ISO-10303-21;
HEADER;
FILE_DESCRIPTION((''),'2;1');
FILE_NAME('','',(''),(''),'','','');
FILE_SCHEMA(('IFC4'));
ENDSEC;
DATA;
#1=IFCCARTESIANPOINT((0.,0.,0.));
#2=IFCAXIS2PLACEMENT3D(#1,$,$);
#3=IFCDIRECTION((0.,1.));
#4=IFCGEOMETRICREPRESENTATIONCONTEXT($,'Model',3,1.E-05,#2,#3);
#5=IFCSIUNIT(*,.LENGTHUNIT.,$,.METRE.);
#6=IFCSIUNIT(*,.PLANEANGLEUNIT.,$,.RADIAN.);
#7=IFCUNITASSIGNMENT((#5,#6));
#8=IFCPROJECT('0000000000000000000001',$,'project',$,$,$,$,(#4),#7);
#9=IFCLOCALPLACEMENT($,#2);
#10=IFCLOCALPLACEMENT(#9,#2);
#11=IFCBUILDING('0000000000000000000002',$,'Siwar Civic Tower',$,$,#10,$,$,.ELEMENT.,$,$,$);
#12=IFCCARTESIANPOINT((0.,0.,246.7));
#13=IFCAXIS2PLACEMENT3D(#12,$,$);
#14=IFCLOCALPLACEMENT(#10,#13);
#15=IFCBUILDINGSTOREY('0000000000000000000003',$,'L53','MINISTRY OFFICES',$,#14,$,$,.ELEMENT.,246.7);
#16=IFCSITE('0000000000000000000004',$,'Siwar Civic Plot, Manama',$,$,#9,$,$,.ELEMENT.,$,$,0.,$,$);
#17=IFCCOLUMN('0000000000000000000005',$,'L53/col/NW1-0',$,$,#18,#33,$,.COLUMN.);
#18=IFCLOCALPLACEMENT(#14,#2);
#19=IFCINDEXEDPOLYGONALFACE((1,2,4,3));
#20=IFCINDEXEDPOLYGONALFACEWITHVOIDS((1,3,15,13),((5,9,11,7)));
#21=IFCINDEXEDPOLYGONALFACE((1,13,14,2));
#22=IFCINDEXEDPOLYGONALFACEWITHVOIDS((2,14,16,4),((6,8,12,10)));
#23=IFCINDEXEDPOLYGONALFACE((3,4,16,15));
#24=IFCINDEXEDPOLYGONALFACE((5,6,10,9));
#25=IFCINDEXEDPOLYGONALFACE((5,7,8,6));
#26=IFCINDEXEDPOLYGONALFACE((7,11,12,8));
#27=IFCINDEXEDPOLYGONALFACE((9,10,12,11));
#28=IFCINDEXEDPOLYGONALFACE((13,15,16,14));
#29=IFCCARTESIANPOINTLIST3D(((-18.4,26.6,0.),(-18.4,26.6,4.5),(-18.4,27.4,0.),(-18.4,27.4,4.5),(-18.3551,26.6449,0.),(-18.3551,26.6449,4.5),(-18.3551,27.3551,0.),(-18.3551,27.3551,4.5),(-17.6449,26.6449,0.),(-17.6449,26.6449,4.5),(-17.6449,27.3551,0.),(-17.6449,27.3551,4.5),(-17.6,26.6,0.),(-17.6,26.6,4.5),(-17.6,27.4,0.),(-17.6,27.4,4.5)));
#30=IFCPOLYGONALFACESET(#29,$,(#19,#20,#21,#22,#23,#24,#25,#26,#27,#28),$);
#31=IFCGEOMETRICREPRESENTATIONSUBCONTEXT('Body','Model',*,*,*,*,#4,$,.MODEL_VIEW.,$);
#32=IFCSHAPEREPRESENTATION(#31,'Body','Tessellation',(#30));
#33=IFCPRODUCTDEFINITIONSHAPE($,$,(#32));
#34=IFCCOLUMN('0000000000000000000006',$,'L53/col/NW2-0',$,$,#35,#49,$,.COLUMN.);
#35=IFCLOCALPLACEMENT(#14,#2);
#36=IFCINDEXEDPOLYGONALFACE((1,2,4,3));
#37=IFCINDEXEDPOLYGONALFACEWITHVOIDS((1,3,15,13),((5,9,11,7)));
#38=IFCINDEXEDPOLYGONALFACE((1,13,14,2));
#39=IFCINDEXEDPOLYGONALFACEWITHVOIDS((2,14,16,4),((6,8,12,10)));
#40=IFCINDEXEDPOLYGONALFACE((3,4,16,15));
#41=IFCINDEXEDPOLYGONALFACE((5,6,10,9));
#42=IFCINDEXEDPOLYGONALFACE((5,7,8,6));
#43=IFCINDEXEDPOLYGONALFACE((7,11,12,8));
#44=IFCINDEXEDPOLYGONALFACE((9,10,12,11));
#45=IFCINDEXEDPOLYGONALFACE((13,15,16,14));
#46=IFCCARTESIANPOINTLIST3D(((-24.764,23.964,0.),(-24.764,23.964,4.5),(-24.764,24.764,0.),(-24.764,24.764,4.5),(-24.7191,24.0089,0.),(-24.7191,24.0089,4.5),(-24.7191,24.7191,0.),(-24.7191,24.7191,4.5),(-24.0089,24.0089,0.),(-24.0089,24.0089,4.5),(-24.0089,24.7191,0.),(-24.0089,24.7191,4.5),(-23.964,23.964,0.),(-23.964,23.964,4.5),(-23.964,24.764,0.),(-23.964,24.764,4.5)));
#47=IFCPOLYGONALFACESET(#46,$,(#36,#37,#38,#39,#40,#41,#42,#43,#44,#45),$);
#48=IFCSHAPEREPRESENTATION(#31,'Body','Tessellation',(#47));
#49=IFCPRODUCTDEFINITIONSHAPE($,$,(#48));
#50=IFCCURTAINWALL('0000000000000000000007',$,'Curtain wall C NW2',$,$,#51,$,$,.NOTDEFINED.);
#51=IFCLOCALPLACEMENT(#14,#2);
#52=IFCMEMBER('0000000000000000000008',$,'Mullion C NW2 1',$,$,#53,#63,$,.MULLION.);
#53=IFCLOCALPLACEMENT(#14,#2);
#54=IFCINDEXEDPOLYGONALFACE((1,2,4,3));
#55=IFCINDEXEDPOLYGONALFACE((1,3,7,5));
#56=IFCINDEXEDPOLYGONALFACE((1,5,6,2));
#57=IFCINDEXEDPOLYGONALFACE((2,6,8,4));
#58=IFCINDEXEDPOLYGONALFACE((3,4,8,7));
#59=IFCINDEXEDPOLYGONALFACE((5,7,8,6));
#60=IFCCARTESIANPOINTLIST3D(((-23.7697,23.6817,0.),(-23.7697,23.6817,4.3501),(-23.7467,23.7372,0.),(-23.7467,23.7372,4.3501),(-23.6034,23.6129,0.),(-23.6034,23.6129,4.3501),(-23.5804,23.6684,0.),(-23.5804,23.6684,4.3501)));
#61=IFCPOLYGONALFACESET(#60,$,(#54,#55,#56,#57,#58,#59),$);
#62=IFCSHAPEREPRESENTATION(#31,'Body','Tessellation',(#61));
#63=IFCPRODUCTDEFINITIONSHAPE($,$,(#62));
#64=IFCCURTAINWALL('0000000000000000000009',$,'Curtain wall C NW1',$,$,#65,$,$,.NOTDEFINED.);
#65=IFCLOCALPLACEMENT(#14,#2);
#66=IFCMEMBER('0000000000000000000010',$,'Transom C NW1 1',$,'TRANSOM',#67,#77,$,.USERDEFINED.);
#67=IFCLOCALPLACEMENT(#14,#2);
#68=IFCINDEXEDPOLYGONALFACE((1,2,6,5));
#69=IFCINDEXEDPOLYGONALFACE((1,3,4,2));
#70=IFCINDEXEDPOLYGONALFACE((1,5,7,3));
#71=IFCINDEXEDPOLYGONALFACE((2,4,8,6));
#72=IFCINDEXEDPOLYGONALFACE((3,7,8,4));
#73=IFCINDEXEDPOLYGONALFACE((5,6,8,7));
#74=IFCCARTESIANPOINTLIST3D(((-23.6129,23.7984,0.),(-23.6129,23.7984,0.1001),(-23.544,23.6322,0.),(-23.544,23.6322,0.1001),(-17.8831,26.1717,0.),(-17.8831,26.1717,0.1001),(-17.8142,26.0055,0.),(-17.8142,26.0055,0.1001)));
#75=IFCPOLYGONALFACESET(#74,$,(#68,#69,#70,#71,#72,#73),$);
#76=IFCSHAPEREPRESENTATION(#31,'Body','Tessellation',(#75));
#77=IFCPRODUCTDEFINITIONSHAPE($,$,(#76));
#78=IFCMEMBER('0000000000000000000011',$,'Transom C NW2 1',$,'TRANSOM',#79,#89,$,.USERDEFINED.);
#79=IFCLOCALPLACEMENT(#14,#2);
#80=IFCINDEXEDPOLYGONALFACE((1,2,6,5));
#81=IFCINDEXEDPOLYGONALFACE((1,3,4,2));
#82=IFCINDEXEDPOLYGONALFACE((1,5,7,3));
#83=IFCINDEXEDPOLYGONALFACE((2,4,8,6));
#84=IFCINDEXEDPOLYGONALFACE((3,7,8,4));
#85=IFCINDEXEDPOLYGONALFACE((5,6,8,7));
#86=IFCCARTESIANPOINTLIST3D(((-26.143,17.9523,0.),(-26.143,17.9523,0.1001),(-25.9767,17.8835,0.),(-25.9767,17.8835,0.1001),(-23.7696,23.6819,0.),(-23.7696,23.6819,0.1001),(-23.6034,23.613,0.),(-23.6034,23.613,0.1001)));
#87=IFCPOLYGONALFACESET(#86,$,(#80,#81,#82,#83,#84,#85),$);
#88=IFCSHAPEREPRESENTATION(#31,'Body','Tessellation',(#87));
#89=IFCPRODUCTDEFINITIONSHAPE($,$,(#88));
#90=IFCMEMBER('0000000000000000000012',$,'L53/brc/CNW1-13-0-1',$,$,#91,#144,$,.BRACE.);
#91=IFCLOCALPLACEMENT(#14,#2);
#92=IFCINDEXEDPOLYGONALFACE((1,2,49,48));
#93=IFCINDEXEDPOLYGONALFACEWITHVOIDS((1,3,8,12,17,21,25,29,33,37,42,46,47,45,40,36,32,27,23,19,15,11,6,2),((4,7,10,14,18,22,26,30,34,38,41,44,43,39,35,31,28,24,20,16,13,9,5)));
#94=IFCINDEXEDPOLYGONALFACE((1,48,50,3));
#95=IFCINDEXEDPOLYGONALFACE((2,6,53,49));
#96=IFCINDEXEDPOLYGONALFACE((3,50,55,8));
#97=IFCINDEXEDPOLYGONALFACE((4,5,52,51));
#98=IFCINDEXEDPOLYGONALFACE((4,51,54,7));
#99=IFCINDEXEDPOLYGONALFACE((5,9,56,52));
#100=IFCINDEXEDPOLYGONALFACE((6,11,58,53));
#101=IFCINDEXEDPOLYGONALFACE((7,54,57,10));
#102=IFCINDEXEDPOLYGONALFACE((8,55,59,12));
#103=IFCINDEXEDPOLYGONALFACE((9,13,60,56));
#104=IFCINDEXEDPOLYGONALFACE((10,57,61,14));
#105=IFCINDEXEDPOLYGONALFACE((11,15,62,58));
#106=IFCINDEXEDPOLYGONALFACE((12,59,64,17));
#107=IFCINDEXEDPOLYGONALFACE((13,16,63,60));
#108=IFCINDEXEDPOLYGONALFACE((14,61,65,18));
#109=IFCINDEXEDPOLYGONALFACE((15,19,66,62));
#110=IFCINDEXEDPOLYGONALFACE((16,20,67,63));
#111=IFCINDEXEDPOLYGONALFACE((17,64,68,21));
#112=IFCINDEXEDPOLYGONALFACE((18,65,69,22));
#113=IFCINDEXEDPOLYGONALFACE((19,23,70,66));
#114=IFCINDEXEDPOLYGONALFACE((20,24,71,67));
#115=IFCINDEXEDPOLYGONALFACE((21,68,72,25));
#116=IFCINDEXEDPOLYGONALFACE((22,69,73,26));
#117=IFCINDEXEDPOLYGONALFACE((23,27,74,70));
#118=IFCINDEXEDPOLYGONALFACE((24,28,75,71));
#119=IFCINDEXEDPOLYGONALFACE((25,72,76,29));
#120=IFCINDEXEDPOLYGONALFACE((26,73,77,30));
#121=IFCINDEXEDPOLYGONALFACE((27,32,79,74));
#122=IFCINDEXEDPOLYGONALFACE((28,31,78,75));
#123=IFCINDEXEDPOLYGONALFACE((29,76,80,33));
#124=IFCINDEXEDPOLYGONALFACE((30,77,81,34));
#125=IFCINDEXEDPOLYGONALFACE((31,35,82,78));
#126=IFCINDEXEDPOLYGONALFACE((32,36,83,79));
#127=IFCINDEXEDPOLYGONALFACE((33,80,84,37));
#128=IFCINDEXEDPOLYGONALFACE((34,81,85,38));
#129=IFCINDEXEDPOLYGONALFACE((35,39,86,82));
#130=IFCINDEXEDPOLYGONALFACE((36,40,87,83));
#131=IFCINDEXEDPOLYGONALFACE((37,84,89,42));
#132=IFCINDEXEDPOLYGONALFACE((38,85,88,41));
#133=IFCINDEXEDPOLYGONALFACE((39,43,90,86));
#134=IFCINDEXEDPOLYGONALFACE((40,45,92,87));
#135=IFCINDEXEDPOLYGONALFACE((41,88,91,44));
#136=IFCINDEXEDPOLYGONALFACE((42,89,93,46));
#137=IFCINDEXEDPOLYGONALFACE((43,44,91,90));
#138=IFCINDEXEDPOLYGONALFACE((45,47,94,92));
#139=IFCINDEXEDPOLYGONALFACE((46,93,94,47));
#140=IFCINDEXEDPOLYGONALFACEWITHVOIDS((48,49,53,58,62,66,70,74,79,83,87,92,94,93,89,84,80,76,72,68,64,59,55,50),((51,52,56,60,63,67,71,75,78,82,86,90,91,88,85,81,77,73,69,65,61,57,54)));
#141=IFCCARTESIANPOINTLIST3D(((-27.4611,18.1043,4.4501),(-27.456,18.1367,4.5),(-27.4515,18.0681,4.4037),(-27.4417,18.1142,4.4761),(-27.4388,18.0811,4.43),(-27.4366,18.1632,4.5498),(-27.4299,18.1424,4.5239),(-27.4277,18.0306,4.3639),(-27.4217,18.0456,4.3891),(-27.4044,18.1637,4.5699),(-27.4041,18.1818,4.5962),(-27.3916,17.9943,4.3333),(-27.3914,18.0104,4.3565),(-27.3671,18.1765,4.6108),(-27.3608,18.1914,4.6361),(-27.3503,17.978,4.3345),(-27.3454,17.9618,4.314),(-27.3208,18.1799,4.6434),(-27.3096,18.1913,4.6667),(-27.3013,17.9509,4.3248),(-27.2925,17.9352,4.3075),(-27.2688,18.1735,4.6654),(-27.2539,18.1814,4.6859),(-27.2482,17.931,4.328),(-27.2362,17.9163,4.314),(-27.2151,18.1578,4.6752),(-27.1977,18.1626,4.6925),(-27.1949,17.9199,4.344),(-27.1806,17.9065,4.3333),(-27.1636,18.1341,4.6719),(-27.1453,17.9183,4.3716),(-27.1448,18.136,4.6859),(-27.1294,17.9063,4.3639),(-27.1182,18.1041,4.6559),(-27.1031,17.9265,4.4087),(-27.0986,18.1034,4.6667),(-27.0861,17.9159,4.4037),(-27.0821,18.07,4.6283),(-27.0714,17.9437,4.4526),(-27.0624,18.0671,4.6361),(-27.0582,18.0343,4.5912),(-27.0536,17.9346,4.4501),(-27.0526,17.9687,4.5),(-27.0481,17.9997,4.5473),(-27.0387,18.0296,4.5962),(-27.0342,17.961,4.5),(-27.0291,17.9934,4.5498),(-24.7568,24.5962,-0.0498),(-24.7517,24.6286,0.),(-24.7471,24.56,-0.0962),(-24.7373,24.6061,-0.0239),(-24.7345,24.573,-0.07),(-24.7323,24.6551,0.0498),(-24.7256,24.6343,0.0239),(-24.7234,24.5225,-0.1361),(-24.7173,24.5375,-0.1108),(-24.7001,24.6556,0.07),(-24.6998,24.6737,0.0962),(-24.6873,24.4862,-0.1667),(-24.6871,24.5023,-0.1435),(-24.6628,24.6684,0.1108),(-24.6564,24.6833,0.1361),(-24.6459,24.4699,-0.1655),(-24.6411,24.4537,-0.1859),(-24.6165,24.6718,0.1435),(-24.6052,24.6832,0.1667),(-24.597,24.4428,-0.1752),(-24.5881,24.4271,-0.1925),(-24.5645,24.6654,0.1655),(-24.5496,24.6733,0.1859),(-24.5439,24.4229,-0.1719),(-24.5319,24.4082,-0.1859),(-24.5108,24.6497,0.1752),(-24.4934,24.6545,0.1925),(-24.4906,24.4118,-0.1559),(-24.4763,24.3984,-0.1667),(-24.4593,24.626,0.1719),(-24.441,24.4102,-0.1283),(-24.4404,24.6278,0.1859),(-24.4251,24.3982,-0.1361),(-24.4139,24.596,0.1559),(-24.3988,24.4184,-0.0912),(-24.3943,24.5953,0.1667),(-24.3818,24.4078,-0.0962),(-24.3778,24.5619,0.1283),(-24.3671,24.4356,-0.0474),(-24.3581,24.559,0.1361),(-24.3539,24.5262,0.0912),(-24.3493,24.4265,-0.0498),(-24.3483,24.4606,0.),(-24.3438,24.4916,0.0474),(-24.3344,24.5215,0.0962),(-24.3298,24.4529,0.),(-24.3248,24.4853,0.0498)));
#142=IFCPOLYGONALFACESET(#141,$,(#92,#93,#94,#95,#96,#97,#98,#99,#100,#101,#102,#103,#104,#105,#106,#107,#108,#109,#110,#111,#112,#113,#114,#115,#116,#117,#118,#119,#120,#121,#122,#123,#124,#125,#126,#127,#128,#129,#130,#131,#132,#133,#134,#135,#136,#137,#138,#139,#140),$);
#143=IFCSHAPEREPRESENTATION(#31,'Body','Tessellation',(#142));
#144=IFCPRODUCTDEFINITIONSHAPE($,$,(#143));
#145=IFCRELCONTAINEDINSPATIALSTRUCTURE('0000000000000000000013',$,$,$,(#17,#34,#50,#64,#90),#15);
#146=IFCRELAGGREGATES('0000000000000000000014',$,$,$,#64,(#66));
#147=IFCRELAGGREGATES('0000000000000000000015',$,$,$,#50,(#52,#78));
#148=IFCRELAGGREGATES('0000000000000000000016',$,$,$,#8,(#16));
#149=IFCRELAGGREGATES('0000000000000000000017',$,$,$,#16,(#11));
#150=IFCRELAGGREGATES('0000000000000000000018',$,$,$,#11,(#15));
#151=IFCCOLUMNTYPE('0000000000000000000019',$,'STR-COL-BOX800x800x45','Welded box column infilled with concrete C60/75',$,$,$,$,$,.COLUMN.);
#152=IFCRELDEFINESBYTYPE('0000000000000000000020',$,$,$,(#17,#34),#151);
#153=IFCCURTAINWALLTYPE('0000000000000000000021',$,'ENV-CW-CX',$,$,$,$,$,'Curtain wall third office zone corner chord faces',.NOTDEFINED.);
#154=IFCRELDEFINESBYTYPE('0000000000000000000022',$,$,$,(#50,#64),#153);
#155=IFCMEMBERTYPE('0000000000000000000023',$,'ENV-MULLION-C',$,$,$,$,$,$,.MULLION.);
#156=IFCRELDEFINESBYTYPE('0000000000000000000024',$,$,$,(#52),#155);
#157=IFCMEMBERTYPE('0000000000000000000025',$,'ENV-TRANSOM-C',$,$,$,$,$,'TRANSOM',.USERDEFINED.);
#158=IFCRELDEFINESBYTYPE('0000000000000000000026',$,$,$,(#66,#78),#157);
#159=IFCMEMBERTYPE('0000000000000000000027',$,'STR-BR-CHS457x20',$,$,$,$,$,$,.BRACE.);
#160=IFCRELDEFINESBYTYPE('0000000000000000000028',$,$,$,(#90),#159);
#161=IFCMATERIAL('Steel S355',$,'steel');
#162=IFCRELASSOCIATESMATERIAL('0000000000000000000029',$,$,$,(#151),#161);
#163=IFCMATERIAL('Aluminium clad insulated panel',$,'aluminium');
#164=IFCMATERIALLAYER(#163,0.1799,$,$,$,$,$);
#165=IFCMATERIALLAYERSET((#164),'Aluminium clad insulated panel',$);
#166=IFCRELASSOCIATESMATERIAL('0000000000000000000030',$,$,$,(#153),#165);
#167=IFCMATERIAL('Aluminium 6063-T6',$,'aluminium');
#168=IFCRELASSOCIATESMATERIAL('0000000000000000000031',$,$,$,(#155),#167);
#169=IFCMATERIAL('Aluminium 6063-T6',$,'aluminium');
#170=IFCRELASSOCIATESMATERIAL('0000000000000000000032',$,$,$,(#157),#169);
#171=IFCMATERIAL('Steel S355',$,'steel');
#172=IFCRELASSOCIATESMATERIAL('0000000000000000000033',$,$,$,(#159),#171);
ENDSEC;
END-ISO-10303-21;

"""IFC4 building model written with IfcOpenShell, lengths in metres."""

from ifc_helpers import new_model, si_unit, direction, frame, origin, origin_2d, place, context, subcontext, project, spatial, rectangle, hollow_rectangle, hollow_circle, extrude, material, layer, layer_set, material_profile, profile_set, type_object, element, aggregate, save


model = new_model("IFC4")

# Units and contexts
model_context = context("Model", 3, precision=1e-05, world=origin(), true_north=direction((0.0, 1.0)))
body_context = subcontext(model_context, "Body", "Model", "MODEL_VIEW")
ifc_project = project(units=[si_unit("LENGTHUNIT", "METRE"), si_unit("PLANEANGLEUNIT", "RADIAN")], contexts=[model_context])

# Site, building, storey
site_placement = place(None, origin())
site = spatial("IfcSite", under=ifc_project, at=site_placement, Name="Siwar Civic Plot, Manama", CompositionType="ELEMENT", RefElevation=0.0)
building_placement = place(site_placement, origin())
building = spatial("IfcBuilding", under=site, at=building_placement, Name="Siwar Civic Tower", CompositionType="ELEMENT")
storey_placement = place(building_placement, frame((0.0, 0.0, 246.7)))
storey = spatial("IfcBuildingStorey", under=building, at=storey_placement, Name="L53", Description="MINISTRY OFFICES", CompositionType="ELEMENT", Elevation=246.7)

# Columns
ifc_material_1 = material(Name="Steel S355", Category="steel")
ifc_material_profile_1 = material_profile(ifc_material_1, hollow_rectangle(XDim=0.8, YDim=0.8, WallThickness=0.0449, at=origin_2d()), Name="BOX800x800x45")
ifc_profile_set_1 = profile_set([ifc_material_profile_1], Name="Steel S355")
column_type = type_object("IfcColumnType", Name="STR-COL-BOX800x800x45", Description="Welded box column infilled with concrete C60/75", PredefinedType="COLUMN", material=ifc_profile_set_1)
for number, where, z_axis, x_axis, name in (
    (1, (-18.0, 27.0, 0.0), (0.0, 0.0, 1.0), (1.0, 0.0, 0.0), "L53/col/NW1-0"),
    (2, (-24.364, 24.364, 0.0), (0.0, 0.0, 1.0), (1.0, 0.0, 0.0), "L53/col/NW2-0"),
):
    element("IfcColumn", number, at=place(storey_placement, frame(where, z_axis=z_axis, x_axis=x_axis)), inside=storey, type_object=column_type, Name=name, PredefinedType="COLUMN", context=body_context, shape_type="SweptSolid", body=[
        extrude(hollow_rectangle(XDim=0.8, YDim=0.8, WallThickness=0.0449, at=origin_2d()), origin(), (0.0, 0.0, 1.0), 4.5),
    ])

# Curtain walls, members
ifc_material_2 = material(Name="Aluminium clad insulated panel", Category="aluminium")
ifc_layer_1 = layer(ifc_material_2, 0.1799)
ifc_layer_set_1 = layer_set([ifc_layer_1], Name="Aluminium clad insulated panel")
curtain_wall_type = type_object("IfcCurtainWallType", Name="ENV-CW-CX", ElementType="Curtain wall third office zone corner chord faces", PredefinedType="NOTDEFINED", material=ifc_layer_set_1)
curtain_wall_1_placement = place(storey_placement, origin())
curtain_wall_1 = element("IfcCurtainWall", 3, at=curtain_wall_1_placement, inside=storey, type_object=curtain_wall_type, Name="Curtain wall C NW2", PredefinedType="NOTDEFINED")
ifc_material_3 = material(Name="Aluminium 6063-T6", Category="aluminium")
ifc_material_profile_2 = material_profile(ifc_material_3, rectangle(XDim=0.1799, YDim=0.0601, at=origin_2d()), Name="AL 180x60")
ifc_profile_set_2 = profile_set([ifc_material_profile_2], Name="Aluminium 6063-T6")
member_type_1 = type_object("IfcMemberType", Name="ENV-MULLION-C", PredefinedType="MULLION", material=ifc_profile_set_2)
member_1_placement = place(storey_placement, frame((-23.675, 23.675, 0.0), z_axis=(0.0, 0.0, 1.0), x_axis=(0.92388, -0.382683, 0.0)))
member_1 = element("IfcMember", 4, at=member_1_placement, type_object=member_type_1, Name="Mullion C NW2 1", PredefinedType="MULLION", context=body_context, shape_type="SweptSolid", body=[
    extrude(rectangle(XDim=0.1799, YDim=0.0601, at=origin_2d()), origin(), (0.0, 0.0, 1.0), 4.3501),
])
curtain_wall_2_placement = place(storey_placement, origin())
curtain_wall_2 = element("IfcCurtainWall", 5, at=curtain_wall_2_placement, inside=storey, type_object=curtain_wall_type, Name="Curtain wall C NW1", PredefinedType="NOTDEFINED")
ifc_material_4 = material(Name="Aluminium 6063-T6", Category="aluminium")
ifc_material_profile_3 = material_profile(ifc_material_4, rectangle(XDim=0.1799, YDim=0.1001, at=origin_2d()), Name="AL 180x100")
ifc_profile_set_3 = profile_set([ifc_material_profile_3], Name="Aluminium 6063-T6")
member_type_2 = type_object("IfcMemberType", Name="ENV-TRANSOM-C", ElementType="TRANSOM", PredefinedType="USERDEFINED", material=ifc_profile_set_3)
member_2_placement = place(storey_placement, frame((-17.8486, 26.0886, 0.05), z_axis=(-0.923882, -0.382677, 0.0), x_axis=(0.382677, -0.923882, 0.0)))
member_2 = element("IfcMember", 6, at=member_2_placement, type_object=member_type_2, Name="Transom C NW1 1", ObjectType="TRANSOM", PredefinedType="USERDEFINED", context=body_context, shape_type="SweptSolid", body=[
    extrude(rectangle(XDim=0.1799, YDim=0.1001, at=origin_2d()), origin(), (0.0, 0.0, 1.0), 6.2019),
])

# Member
member_3_placement = place(storey_placement, frame((-23.6865, 23.6475, 0.05), z_axis=(-0.382691, -0.923876, 0.0), x_axis=(0.923876, -0.382691, 0.0)))
member_3 = element("IfcMember", 7, at=member_3_placement, type_object=member_type_2, Name="Transom C NW2 1", ObjectType="TRANSOM", PredefinedType="USERDEFINED", context=body_context, shape_type="SweptSolid", body=[
    extrude(rectangle(XDim=0.1799, YDim=0.1001, at=origin_2d()), origin(), (0.0, 0.0, 1.0), 6.2017),
])

# Member
ifc_material_5 = material(Name="Steel S355", Category="steel")
ifc_material_profile_4 = material_profile(ifc_material_5, hollow_circle(Radius=0.2285, WallThickness=0.02, at=origin_2d()), Name="CHS457x20")
ifc_profile_set_4 = profile_set([ifc_material_profile_4], Name="Steel S355")
member_type_3 = type_object("IfcMemberType", Name="STR-BR-CHS457x20", PredefinedType="BRACE", material=ifc_profile_set_4)
member_4_placement = place(storey_placement, frame((-24.5408, 24.5408, 0.0), z_axis=(-0.323906, -0.777555, 0.538975), x_axis=(0.923109, -0.384539, 0.0)))
element("IfcMember", 8, at=member_4_placement, inside=storey, type_object=member_type_3, Name="L53/brc/CNW1-13-0-1", PredefinedType="BRACE", context=body_context, shape_type="SweptSolid", body=[
    extrude(hollow_circle(Radius=0.2285, WallThickness=0.02, at=origin_2d()), origin(), (0.0, 0.0, 1.0), 8.3491),
])

aggregate(curtain_wall_2, [member_2])
aggregate(curtain_wall_1, [member_1, member_3])

save(model, "model.ifc")
